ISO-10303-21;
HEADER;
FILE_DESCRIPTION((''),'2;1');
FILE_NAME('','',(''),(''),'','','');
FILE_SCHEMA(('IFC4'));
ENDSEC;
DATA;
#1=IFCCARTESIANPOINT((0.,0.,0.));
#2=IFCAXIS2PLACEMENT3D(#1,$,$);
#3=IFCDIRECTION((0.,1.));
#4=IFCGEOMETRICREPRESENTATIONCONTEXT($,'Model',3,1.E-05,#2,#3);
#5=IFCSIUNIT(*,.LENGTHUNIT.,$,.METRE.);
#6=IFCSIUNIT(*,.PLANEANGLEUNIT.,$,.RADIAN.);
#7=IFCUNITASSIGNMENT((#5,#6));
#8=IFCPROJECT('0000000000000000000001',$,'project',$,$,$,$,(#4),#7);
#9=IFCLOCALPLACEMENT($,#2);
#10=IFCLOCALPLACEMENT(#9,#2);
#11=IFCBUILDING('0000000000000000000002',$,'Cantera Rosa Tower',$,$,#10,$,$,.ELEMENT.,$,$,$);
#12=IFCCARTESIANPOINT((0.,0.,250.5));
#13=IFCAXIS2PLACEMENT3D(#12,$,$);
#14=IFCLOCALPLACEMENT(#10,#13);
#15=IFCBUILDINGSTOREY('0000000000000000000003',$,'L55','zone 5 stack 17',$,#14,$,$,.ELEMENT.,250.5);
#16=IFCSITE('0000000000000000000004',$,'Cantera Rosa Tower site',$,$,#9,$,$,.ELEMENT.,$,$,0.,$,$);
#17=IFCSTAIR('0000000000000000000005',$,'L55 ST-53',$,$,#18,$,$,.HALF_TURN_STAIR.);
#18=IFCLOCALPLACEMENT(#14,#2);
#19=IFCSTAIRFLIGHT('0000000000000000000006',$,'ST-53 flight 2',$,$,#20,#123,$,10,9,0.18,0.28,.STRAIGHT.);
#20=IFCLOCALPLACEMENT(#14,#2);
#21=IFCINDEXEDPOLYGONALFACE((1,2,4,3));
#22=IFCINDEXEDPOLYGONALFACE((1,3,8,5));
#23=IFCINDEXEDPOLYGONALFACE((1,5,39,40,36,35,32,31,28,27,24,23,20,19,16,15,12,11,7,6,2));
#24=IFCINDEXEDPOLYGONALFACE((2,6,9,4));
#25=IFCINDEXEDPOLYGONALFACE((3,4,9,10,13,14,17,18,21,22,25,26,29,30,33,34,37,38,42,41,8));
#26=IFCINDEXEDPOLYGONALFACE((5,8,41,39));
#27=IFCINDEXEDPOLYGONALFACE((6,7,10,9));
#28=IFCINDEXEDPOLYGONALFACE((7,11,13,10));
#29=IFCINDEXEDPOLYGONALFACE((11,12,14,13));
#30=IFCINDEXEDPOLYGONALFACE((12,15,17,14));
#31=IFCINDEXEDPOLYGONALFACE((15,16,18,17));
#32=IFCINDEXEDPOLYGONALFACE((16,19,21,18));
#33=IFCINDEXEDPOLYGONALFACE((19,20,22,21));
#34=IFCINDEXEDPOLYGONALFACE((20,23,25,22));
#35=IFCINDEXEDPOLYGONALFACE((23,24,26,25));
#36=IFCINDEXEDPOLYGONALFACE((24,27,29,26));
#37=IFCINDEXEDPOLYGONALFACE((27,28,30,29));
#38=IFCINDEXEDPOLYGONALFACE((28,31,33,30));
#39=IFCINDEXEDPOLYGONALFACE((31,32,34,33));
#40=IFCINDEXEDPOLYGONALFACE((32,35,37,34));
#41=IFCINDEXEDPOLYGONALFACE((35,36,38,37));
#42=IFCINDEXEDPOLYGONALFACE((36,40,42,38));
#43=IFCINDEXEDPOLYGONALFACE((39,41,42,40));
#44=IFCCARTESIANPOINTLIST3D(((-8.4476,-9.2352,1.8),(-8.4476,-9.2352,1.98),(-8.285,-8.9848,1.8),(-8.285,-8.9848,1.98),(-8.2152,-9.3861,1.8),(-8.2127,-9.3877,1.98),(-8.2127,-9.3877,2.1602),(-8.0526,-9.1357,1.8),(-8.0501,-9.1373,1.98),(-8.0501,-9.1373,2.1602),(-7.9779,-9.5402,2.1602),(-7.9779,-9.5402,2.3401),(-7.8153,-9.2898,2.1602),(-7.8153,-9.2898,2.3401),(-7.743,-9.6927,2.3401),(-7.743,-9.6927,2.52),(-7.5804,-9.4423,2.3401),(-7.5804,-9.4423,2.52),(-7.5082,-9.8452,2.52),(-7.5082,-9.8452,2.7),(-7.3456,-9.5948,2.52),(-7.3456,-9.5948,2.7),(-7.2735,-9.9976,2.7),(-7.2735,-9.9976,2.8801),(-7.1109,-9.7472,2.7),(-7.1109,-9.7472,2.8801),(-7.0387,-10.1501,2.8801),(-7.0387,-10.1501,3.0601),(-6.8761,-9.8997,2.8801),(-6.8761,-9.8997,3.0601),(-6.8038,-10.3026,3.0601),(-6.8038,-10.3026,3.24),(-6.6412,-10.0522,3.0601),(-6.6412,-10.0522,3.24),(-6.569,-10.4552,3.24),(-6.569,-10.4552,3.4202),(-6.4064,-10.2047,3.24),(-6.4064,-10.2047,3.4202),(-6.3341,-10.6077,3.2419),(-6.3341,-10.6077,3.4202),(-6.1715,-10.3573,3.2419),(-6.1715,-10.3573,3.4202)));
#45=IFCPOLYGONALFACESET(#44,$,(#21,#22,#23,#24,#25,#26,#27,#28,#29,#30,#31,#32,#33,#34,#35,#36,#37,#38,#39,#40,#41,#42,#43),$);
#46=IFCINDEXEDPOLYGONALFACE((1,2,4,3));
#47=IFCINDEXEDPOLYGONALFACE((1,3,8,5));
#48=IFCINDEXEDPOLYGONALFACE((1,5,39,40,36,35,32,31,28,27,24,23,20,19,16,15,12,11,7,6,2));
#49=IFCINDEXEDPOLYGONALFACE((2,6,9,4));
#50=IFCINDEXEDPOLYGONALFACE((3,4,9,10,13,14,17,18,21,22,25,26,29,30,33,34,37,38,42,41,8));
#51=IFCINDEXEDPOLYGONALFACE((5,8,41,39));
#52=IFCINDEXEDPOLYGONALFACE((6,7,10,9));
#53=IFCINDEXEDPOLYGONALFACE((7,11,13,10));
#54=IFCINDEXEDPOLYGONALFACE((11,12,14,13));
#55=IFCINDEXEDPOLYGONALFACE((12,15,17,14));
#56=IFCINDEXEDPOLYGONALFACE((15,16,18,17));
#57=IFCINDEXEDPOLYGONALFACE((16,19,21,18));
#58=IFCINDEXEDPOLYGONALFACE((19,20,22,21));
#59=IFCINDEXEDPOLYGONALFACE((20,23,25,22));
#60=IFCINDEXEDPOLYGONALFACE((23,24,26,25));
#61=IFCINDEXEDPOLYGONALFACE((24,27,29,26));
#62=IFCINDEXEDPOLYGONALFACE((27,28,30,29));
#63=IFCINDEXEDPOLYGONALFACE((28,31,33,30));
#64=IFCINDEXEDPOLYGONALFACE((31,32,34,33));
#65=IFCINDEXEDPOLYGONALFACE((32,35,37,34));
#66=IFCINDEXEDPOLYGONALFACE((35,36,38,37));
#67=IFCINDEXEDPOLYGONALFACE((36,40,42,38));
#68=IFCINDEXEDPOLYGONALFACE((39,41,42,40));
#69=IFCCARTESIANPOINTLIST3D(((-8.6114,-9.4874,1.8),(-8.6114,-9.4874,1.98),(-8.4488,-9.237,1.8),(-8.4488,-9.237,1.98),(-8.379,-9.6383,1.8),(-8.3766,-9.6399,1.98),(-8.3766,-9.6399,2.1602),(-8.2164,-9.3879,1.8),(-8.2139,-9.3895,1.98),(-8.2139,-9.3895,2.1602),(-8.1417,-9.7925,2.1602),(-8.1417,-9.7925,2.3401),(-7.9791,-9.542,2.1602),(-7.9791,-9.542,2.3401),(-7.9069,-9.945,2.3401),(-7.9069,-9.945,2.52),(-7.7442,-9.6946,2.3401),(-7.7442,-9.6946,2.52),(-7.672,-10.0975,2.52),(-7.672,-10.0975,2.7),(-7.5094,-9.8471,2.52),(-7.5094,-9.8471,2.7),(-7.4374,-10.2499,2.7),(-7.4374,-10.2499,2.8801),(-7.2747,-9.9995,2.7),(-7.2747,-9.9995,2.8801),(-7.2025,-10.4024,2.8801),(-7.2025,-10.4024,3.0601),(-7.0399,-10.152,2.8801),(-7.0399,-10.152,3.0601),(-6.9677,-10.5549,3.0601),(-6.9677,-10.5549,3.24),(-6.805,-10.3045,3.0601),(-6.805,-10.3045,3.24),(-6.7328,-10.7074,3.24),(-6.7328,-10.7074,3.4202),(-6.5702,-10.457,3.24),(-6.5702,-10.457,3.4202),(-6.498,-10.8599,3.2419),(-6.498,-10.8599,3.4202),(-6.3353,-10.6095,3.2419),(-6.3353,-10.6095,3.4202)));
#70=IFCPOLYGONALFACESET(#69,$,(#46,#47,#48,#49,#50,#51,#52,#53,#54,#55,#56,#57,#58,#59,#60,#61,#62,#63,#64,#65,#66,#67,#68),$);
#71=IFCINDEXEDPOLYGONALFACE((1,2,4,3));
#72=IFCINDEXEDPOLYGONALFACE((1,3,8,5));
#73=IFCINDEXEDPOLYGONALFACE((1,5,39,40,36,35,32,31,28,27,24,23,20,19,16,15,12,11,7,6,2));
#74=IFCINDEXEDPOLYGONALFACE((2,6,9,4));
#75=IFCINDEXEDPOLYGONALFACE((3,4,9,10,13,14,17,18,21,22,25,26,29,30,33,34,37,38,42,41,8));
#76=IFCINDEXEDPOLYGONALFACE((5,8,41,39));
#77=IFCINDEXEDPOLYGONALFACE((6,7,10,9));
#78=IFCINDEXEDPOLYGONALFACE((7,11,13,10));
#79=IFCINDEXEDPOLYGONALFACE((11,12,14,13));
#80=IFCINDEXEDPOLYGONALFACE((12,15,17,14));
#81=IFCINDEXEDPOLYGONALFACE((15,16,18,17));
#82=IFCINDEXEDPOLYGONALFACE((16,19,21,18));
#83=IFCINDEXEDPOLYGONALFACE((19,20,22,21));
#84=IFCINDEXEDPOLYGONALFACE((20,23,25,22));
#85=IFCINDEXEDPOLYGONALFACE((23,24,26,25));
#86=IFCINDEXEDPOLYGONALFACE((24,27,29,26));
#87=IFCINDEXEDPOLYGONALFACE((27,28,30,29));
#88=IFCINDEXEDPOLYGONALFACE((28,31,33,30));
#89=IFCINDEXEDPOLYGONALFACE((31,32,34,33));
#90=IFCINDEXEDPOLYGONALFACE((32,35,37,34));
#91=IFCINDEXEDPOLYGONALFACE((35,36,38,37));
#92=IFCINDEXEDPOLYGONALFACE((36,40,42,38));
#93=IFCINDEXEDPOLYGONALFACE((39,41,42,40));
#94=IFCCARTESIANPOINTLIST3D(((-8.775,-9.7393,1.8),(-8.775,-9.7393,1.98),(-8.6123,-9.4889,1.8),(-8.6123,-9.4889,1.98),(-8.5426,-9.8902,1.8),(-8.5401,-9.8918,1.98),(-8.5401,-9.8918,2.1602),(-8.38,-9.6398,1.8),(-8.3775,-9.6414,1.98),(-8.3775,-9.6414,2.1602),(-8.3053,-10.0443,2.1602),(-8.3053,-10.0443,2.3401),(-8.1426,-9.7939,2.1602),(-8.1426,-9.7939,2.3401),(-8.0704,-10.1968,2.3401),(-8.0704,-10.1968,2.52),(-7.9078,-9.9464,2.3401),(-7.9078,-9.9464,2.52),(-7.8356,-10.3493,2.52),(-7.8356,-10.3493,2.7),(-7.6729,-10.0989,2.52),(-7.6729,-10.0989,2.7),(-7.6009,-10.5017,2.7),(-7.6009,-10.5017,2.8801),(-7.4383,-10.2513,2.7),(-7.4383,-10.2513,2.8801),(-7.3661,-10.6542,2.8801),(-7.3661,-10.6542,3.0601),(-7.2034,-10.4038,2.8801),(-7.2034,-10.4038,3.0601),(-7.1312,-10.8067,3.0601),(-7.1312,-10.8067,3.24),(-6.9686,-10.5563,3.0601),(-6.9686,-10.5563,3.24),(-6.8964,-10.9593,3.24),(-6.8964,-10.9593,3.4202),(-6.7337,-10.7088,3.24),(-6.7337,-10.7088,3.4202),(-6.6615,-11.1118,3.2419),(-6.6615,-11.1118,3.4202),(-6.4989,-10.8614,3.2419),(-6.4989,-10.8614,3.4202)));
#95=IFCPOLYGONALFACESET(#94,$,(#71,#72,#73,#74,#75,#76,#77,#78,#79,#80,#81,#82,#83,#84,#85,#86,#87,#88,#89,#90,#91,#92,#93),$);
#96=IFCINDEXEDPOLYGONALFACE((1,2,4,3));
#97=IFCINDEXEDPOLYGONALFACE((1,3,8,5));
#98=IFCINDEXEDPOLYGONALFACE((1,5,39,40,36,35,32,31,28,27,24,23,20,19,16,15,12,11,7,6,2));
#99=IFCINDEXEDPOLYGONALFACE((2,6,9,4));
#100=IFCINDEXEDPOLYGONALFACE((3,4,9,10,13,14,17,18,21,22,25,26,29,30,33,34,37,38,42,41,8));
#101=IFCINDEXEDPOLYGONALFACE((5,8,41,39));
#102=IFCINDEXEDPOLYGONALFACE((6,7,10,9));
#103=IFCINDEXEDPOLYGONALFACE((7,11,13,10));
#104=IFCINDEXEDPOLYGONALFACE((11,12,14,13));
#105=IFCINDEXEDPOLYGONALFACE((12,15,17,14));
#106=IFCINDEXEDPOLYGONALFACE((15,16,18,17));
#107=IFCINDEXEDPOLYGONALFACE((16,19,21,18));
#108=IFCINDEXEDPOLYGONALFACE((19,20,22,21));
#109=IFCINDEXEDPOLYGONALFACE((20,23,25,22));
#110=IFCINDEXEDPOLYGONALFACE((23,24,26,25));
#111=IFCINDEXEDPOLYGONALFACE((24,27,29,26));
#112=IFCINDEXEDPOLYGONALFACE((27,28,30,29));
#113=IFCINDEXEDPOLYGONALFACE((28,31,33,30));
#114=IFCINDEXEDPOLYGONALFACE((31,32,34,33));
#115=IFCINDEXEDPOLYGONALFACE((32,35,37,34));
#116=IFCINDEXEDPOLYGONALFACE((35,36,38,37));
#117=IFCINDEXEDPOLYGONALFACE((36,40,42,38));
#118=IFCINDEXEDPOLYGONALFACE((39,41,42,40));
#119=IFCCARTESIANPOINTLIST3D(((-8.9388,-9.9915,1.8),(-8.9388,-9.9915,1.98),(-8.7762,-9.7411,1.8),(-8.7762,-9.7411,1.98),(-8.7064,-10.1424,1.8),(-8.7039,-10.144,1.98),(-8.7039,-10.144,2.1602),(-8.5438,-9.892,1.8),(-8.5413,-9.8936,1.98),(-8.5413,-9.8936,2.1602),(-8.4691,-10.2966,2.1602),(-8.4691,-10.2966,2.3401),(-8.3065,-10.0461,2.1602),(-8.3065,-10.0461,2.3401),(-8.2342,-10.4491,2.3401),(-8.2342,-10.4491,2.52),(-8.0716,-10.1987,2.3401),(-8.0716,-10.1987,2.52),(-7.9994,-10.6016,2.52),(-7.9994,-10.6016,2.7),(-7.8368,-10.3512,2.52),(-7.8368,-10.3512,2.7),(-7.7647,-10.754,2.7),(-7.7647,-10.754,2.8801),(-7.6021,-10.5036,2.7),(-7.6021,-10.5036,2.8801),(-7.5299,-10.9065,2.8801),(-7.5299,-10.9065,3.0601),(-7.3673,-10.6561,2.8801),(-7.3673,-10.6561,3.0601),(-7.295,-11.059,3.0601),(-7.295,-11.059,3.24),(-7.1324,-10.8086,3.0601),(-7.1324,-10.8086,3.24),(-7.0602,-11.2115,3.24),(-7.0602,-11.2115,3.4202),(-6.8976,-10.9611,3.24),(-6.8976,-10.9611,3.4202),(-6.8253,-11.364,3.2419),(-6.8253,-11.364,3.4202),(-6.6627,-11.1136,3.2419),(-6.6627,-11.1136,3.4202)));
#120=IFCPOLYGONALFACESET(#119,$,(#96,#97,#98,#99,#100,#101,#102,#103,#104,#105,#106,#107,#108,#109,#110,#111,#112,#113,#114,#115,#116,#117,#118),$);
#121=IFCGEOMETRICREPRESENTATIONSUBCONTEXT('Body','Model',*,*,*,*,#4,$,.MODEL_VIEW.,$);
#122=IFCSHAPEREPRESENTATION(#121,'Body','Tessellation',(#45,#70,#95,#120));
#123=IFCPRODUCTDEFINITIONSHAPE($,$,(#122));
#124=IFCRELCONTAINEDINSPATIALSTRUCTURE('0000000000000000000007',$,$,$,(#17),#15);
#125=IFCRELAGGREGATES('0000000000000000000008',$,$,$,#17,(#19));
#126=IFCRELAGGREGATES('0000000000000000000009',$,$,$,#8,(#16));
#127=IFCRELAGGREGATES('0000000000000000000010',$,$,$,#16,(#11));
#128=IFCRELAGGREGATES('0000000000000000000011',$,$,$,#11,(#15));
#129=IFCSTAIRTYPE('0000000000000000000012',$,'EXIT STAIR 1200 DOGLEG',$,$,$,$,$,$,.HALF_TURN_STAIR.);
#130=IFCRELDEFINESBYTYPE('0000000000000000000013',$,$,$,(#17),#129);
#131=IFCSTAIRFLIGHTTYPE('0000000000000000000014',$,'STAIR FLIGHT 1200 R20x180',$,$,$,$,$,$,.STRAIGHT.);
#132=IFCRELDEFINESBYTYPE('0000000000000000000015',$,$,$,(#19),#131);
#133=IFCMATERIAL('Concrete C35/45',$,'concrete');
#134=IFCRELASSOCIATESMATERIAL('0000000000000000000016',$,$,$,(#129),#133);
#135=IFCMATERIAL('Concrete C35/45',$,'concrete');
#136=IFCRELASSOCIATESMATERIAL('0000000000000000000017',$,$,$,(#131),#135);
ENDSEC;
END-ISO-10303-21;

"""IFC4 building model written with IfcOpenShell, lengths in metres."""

from ifc_helpers import new_model, si_unit, direction, frame, origin, place, context, subcontext, project, spatial, polyline, outline, extrude, material, type_object, element, aggregate, save


model = new_model("IFC4")

# Units and contexts
model_context = context("Model", 3, precision=1e-05, world=origin(), true_north=direction((0.0, 1.0)))
body_context = subcontext(model_context, "Body", "Model", "MODEL_VIEW")
ifc_project = project(units=[si_unit("LENGTHUNIT", "METRE"), si_unit("PLANEANGLEUNIT", "RADIAN")], contexts=[model_context])

# Site, building, storey
site_placement = place(None, origin())
site = spatial("IfcSite", under=ifc_project, at=site_placement, Name="Cantera Rosa Tower site", CompositionType="ELEMENT", RefElevation=0.0)
building_placement = place(site_placement, origin())
building = spatial("IfcBuilding", under=site, at=building_placement, Name="Cantera Rosa Tower", CompositionType="ELEMENT")
storey_placement = place(building_placement, frame((0.0, 0.0, 250.5)))
storey = spatial("IfcBuildingStorey", under=building, at=storey_placement, Name="L55", Description="zone 5 stack 17", CompositionType="ELEMENT", Elevation=250.5)

# Stair, stair flight
ifc_material_1 = material(Name="Concrete C35/45", Category="concrete")
stair_type = type_object("IfcStairType", Name="EXIT STAIR 1200 DOGLEG", PredefinedType="HALF_TURN_STAIR", material=ifc_material_1)
stair_placement = place(storey_placement, origin())
stair = element("IfcStair", 1, at=stair_placement, inside=storey, type_object=stair_type, Name="L55 ST-53", PredefinedType="HALF_TURN_STAIR")
ifc_material_2 = material(Name="Concrete C35/45", Category="concrete")
stair_flight_type = type_object("IfcStairFlightType", Name="STAIR FLIGHT 1200 R20x180", PredefinedType="STRAIGHT", material=ifc_material_2)
stair_flight_1_placement = place(storey_placement, frame((-8.6118, -9.488, 1.8), z_axis=(0.0, 0.0, 1.0), x_axis=(0.838671, -0.544639, 0.0)))
stair_flight_1 = element("IfcStairFlight", 2, at=stair_flight_1_placement, type_object=stair_flight_type, Name="ST-53 flight 2", NumberOfRisers=10, NumberOfTreads=9, PredefinedType="STRAIGHT", RiserHeight=0.18, TreadLength=0.28, context=body_context, shape_type="SweptSolid", body=[
    extrude(outline(polyline([(0.0, 0.0), (0.0, 0.1799), (0.28, 0.1799), (0.28, 0.3601), (0.5601, 0.3601), (0.5601, 0.54), (0.8401, 0.54), (0.8401, 0.72), (1.1201, 0.72), (1.1201, 0.8999), (1.3999, 0.8999), (1.3999, 1.0801), (1.6799, 1.0801), (1.6799, 1.26), (1.96, 1.26), (1.96, 1.4399), (2.24, 1.4399), (2.24, 1.6201), (2.52, 1.6201), (2.52, 1.8), (2.52, 1.4419), (0.2771, 0.0), (0.0, 0.0)])), frame((0.0, 0.6001, 0.0), z_axis=(0.0, -1.0, 0.0), x_axis=(1.0, 0.0, 0.0)), (0.0, 0.0, 1.0), 0.2986),
    extrude(outline(polyline([(0.0, 0.0), (0.0, 0.1799), (0.28, 0.1799), (0.28, 0.3601), (0.5601, 0.3601), (0.5601, 0.54), (0.8401, 0.54), (0.8401, 0.72), (1.1201, 0.72), (1.1201, 0.8999), (1.3999, 0.8999), (1.3999, 1.0801), (1.6799, 1.0801), (1.6799, 1.26), (1.96, 1.26), (1.96, 1.4399), (2.24, 1.4399), (2.24, 1.6201), (2.52, 1.6201), (2.52, 1.8), (2.52, 1.4419), (0.2771, 0.0), (0.0, 0.0)])), frame((0.0, 0.2993, 0.0), z_axis=(0.0, -1.0, 0.0), x_axis=(1.0, 0.0, 0.0)), (0.0, 0.0, 1.0), 0.2986),
    extrude(outline(polyline([(0.0, 0.0), (0.0, 0.1799), (0.28, 0.1799), (0.28, 0.3601), (0.5601, 0.3601), (0.5601, 0.54), (0.8401, 0.54), (0.8401, 0.72), (1.1201, 0.72), (1.1201, 0.8999), (1.3999, 0.8999), (1.3999, 1.0801), (1.6799, 1.0801), (1.6799, 1.26), (1.96, 1.26), (1.96, 1.4399), (2.24, 1.4399), (2.24, 1.6201), (2.52, 1.6201), (2.52, 1.8), (2.52, 1.4419), (0.2771, 0.0), (0.0, 0.0)])), frame((0.0, -0.001, 0.0), z_axis=(0.0, -1.0, 0.0), x_axis=(1.0, 0.0, 0.0)), (0.0, 0.0, 1.0), 0.2986),
    extrude(outline(polyline([(0.0, 0.0), (0.0, 0.1799), (0.28, 0.1799), (0.28, 0.3601), (0.5601, 0.3601), (0.5601, 0.54), (0.8401, 0.54), (0.8401, 0.72), (1.1201, 0.72), (1.1201, 0.8999), (1.3999, 0.8999), (1.3999, 1.0801), (1.6799, 1.0801), (1.6799, 1.26), (1.96, 1.26), (1.96, 1.4399), (2.24, 1.4399), (2.24, 1.6201), (2.52, 1.6201), (2.52, 1.8), (2.52, 1.4419), (0.2771, 0.0), (0.0, 0.0)])), frame((0.0, -0.3018, 0.0), z_axis=(0.0, -1.0, 0.0), x_axis=(1.0, 0.0, 0.0)), (0.0, 0.0, 1.0), 0.2986),
])
aggregate(stair, [stair_flight_1])

save(model, "model.ifc")
